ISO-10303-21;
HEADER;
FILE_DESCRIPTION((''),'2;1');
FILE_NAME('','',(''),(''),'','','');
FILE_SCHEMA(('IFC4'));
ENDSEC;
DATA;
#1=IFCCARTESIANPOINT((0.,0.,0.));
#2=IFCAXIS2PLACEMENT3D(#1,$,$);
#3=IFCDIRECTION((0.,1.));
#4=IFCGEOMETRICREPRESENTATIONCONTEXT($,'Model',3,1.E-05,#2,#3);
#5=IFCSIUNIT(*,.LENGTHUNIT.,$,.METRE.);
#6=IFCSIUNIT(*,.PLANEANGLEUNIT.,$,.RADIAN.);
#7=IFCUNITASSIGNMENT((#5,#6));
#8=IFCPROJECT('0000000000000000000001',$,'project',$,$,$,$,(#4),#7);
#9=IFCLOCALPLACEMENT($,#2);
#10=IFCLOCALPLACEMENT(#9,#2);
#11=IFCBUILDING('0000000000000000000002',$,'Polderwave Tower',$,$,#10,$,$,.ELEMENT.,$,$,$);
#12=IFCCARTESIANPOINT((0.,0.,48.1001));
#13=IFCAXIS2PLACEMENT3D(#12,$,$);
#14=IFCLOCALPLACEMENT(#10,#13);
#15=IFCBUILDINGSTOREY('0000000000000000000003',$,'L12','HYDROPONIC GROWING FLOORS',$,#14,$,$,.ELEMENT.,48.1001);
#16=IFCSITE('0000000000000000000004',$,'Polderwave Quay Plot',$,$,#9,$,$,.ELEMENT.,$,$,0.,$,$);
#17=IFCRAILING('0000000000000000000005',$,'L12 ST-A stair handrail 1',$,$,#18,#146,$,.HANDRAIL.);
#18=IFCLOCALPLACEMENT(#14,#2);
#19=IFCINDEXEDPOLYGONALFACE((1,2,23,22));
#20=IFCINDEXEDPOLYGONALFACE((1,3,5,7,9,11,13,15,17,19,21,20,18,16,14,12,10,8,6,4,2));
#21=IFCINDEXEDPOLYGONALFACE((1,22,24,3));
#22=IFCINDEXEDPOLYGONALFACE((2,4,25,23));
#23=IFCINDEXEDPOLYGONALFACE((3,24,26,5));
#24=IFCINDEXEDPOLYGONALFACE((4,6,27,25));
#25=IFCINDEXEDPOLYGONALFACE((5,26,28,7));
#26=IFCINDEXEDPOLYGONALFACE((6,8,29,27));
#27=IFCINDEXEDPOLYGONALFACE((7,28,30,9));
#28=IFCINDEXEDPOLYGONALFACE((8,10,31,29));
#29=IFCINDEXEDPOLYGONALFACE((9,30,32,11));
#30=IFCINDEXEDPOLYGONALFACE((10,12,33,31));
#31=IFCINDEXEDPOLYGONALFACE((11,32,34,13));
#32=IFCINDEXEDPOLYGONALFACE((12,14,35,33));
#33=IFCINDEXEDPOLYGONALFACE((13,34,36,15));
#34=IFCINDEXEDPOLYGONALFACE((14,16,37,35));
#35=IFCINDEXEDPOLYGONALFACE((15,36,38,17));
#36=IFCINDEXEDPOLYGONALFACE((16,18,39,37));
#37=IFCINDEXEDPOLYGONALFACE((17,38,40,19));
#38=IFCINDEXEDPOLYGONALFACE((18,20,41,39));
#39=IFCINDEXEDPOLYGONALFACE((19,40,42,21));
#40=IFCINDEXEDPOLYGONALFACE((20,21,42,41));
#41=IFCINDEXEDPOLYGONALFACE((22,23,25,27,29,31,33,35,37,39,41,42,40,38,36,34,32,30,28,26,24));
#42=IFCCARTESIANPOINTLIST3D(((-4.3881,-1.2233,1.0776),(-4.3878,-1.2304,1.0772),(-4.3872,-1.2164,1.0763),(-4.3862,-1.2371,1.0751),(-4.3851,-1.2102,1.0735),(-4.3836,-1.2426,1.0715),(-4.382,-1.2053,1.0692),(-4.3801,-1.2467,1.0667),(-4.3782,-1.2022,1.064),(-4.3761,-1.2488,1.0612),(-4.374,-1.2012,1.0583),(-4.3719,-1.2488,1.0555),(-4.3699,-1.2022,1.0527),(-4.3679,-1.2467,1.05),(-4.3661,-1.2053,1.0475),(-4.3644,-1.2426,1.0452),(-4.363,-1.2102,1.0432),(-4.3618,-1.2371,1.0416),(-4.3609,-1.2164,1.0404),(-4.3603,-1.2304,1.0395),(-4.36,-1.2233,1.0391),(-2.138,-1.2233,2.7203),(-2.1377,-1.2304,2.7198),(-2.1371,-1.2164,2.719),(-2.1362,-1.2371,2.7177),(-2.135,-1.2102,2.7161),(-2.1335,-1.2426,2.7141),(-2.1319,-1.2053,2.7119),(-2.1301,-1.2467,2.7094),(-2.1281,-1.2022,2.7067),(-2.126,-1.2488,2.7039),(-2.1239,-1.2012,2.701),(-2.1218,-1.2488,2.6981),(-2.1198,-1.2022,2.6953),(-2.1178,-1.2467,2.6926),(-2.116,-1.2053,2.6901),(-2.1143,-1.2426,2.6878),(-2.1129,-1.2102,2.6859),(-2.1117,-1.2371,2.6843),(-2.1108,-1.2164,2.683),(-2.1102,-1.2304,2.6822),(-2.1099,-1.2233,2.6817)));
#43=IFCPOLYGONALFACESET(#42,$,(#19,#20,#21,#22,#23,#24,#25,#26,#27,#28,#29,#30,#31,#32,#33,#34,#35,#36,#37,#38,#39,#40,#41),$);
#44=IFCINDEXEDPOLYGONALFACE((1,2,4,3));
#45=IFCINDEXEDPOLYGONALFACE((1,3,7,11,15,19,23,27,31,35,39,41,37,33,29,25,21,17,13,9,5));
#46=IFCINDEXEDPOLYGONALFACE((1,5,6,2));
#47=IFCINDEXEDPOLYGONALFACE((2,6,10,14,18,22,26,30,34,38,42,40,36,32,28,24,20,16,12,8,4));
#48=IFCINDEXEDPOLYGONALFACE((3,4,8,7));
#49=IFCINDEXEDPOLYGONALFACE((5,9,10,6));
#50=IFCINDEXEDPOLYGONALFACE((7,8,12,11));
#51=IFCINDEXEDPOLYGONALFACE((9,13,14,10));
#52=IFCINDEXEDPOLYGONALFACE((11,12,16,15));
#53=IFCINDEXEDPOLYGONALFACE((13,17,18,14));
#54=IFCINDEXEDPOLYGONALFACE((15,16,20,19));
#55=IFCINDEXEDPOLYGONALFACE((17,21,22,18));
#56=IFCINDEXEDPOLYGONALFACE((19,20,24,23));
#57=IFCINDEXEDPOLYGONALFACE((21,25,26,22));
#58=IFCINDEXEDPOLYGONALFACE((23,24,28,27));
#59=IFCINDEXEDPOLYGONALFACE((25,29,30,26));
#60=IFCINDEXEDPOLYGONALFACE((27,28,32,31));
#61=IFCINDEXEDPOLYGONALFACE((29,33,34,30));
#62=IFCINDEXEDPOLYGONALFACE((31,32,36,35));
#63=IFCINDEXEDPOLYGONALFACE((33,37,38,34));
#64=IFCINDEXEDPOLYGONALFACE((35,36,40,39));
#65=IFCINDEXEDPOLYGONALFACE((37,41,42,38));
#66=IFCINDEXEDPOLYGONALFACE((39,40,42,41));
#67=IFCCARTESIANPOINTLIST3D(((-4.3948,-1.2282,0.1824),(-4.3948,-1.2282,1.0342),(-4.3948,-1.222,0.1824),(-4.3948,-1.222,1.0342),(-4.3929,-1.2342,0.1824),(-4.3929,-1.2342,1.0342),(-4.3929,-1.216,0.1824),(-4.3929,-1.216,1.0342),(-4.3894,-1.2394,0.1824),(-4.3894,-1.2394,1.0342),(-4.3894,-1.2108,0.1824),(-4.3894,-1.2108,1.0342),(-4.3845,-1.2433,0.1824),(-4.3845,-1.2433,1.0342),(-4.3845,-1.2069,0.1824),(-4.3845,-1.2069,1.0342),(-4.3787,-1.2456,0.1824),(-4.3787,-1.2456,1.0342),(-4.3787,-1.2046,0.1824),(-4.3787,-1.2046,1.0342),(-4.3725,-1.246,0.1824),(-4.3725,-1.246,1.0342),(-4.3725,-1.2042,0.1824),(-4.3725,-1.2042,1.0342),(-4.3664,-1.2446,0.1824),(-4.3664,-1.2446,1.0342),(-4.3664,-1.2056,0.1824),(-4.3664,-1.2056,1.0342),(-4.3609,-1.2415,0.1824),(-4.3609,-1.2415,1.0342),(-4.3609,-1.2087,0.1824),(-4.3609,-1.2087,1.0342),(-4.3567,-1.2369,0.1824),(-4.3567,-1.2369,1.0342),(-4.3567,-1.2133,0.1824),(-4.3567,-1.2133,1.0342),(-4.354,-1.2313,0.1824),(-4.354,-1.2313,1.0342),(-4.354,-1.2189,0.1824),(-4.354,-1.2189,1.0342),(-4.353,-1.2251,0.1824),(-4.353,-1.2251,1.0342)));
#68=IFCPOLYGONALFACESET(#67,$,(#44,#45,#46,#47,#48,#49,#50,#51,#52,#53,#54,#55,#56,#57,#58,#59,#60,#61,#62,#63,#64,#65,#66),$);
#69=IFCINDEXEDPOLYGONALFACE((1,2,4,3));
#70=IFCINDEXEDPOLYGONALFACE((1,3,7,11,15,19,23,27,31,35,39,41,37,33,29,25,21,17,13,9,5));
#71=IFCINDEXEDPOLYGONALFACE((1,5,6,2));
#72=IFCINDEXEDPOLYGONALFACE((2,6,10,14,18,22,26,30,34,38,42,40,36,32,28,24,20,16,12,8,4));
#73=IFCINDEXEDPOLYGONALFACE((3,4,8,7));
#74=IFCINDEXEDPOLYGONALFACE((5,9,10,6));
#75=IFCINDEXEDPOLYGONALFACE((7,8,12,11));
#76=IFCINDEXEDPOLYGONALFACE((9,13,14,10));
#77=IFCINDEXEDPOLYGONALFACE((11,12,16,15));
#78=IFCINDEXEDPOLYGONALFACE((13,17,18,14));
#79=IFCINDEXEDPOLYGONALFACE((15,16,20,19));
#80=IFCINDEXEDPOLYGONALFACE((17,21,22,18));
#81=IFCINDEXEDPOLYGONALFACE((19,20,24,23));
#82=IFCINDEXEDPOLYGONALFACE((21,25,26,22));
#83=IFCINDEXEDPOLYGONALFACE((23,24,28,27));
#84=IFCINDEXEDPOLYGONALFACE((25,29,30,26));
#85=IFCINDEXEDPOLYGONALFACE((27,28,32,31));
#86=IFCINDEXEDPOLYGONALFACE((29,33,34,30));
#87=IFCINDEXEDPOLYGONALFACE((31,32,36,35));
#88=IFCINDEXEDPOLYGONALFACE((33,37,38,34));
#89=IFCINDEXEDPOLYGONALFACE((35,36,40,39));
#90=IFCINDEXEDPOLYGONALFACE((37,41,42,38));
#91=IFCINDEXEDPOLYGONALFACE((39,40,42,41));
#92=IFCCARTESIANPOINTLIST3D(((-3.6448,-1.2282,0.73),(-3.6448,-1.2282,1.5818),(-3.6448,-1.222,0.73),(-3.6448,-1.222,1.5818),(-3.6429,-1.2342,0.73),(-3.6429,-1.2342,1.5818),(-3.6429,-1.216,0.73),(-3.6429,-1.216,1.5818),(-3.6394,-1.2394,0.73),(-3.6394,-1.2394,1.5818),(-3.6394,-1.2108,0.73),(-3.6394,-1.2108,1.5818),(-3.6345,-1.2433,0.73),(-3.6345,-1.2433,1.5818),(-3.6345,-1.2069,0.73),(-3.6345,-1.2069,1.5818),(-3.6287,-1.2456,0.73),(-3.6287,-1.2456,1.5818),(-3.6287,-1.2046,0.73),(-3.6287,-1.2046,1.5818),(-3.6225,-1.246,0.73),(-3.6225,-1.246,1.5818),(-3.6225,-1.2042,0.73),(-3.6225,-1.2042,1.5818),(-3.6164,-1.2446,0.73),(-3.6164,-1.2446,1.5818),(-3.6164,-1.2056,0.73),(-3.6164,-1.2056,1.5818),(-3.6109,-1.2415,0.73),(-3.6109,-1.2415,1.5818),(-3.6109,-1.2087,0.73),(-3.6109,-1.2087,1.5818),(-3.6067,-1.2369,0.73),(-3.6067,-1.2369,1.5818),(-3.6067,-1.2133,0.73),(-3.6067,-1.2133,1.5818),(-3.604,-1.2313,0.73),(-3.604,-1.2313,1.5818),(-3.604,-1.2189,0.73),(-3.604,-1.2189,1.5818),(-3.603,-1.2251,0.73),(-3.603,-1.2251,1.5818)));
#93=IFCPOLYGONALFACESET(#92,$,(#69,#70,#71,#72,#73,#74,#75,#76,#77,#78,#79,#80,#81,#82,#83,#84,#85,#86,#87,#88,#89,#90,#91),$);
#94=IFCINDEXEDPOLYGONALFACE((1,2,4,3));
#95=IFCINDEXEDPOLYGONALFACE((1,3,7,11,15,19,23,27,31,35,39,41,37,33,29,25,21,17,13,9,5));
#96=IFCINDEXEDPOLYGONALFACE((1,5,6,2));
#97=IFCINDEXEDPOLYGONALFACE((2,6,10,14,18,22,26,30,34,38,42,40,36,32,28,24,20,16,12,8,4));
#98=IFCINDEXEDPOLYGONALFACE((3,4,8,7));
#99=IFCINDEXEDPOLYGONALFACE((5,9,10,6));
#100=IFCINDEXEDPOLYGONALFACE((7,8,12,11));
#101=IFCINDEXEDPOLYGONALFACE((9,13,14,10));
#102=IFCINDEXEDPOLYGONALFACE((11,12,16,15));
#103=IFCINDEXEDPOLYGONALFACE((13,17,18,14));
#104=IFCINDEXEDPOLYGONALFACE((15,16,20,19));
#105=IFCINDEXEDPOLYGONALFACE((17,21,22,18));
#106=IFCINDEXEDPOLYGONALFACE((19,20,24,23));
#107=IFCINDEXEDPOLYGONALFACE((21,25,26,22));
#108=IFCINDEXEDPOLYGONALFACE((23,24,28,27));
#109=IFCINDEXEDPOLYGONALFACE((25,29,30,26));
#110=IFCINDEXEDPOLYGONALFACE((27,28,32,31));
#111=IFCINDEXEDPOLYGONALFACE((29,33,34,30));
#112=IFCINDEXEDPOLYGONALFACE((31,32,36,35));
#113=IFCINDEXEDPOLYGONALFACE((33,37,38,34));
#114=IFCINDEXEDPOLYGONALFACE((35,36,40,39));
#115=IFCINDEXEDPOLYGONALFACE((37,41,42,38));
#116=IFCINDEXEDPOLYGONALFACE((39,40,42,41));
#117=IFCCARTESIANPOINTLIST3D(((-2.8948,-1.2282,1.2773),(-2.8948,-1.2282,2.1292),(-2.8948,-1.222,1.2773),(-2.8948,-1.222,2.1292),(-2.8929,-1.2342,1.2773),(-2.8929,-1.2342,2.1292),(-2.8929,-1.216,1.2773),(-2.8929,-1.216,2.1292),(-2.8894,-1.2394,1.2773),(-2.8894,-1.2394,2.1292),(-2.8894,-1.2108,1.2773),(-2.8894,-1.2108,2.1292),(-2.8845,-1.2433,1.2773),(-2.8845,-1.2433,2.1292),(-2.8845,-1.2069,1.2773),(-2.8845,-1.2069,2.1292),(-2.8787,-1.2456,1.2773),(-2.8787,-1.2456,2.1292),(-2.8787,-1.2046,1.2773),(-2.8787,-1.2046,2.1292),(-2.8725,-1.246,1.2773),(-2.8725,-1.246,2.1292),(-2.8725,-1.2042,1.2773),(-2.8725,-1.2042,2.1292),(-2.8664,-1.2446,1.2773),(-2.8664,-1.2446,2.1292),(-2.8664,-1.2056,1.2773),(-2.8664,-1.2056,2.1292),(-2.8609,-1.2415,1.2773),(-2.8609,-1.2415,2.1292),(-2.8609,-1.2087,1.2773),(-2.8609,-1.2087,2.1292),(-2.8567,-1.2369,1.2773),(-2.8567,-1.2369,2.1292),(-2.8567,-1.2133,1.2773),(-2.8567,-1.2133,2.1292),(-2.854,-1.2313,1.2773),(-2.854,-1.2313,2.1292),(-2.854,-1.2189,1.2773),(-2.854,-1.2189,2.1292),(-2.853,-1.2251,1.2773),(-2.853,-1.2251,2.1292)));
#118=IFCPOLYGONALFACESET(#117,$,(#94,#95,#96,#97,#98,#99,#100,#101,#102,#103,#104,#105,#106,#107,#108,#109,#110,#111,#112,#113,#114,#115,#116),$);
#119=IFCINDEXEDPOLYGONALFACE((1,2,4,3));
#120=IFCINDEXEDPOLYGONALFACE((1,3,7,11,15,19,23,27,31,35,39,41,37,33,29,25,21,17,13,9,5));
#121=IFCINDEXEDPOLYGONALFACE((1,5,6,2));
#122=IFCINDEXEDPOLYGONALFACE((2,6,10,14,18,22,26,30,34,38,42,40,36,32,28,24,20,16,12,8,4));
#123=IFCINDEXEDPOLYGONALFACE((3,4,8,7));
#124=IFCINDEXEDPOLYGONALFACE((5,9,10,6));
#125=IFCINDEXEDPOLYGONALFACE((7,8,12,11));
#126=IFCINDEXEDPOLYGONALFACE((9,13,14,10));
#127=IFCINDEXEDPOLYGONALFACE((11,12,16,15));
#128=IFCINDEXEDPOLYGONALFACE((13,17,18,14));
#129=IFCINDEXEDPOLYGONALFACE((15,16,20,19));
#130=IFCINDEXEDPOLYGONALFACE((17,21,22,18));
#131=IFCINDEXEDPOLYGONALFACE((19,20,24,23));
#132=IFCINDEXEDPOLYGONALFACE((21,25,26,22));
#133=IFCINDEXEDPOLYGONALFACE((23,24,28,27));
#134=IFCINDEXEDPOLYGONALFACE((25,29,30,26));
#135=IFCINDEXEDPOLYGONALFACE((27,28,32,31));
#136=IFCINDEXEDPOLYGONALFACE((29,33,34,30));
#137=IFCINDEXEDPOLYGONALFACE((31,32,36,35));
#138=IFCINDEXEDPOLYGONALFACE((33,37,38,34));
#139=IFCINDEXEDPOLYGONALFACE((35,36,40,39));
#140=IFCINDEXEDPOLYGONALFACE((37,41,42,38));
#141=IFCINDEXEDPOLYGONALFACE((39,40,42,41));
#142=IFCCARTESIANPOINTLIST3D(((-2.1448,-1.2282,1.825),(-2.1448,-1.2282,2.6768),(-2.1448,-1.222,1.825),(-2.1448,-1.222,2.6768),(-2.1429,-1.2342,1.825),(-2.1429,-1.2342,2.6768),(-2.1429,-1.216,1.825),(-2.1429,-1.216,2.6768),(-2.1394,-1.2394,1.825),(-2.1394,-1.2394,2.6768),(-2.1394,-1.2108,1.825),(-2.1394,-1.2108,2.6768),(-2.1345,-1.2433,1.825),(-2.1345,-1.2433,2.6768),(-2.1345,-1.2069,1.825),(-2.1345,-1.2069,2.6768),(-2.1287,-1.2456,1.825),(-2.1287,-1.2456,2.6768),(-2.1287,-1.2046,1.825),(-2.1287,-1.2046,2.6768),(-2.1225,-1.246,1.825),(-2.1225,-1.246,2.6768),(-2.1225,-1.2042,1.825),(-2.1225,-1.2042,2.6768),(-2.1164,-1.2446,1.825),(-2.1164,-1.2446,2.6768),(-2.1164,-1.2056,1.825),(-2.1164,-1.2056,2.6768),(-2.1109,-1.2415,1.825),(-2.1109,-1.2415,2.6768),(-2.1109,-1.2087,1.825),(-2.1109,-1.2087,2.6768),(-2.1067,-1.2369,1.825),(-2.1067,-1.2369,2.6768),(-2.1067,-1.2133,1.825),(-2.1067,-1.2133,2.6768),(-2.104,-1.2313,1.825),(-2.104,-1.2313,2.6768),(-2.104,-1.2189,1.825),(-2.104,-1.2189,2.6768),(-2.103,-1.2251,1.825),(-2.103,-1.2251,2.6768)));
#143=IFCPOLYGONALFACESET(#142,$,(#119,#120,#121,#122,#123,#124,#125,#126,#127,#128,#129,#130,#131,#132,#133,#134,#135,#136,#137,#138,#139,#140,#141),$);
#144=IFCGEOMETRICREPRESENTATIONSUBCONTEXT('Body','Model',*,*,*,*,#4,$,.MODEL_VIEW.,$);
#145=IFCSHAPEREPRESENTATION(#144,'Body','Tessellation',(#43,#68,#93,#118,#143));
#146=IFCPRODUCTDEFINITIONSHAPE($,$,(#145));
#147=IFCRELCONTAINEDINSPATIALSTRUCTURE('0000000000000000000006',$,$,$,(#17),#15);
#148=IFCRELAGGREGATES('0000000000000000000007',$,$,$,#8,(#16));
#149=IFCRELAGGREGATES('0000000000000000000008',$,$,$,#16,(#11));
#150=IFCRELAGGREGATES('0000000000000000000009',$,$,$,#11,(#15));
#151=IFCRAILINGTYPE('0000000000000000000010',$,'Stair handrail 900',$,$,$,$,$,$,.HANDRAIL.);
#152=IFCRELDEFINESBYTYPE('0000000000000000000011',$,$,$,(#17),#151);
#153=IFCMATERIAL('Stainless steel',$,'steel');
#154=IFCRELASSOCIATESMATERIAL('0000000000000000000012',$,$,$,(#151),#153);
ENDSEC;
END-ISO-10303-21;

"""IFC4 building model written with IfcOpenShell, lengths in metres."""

from ifc_helpers import new_model, si_unit, direction, frame, origin, origin_2d, place, context, subcontext, project, spatial, circle, extrude, material, type_object, element, save


model = new_model("IFC4")

# Units and contexts
model_context = context("Model", 3, precision=1e-05, world=origin(), true_north=direction((0.0, 1.0)))
body_context = subcontext(model_context, "Body", "Model", "MODEL_VIEW")
ifc_project = project(units=[si_unit("LENGTHUNIT", "METRE"), si_unit("PLANEANGLEUNIT", "RADIAN")], contexts=[model_context])

# Site, building, storey
site_placement = place(None, origin())
site = spatial("IfcSite", under=ifc_project, at=site_placement, Name="Polderwave Quay Plot", CompositionType="ELEMENT", RefElevation=0.0)
building_placement = place(site_placement, origin())
building = spatial("IfcBuilding", under=site, at=building_placement, Name="Polderwave Tower", CompositionType="ELEMENT")
storey_placement = place(building_placement, frame((0.0, 0.0, 48.1001)))
storey = spatial("IfcBuildingStorey", under=building, at=storey_placement, Name="L12", Description="HYDROPONIC GROWING FLOORS", CompositionType="ELEMENT", Elevation=48.1001)

# Shared definitions
ifc_material_1 = material(Name="Stainless steel", Category="steel")

# Railing
railing_type_1 = type_object("IfcRailingType", Name="Stair handrail 900", PredefinedType="HANDRAIL", material=ifc_material_1)
railing_1_placement = place(storey_placement, frame((-4.374, -1.2251, 0.1824)))
element("IfcRailing", 1, at=railing_1_placement, inside=storey, type_object=railing_type_1, Name="L12 ST-A stair handrail 1", PredefinedType="HANDRAIL", context=body_context, shape_type="SweptSolid", body=[
    extrude(circle(Radius=0.0239, at=origin_2d()), frame((0.0, 0.0, 0.876), z_axis=(0.807674, 0.0, 0.58963), x_axis=(0.0, 1.0, 0.0)), (0.0, 0.0, 1.0), 2.7859),
    extrude(circle(Radius=0.021, at=origin_2d()), origin(), (0.0, 0.0, 1.0), 0.8518),
    extrude(circle(Radius=0.021, at=origin_2d()), frame((0.75, 0.0, 0.5476)), (0.0, 0.0, 1.0), 0.8518),
    extrude(circle(Radius=0.021, at=origin_2d()), frame((1.5, 0.0, 1.095)), (0.0, 0.0, 1.0), 0.8518),
    extrude(circle(Radius=0.021, at=origin_2d()), frame((2.25, 0.0, 1.6426)), (0.0, 0.0, 1.0), 0.8518),
])

save(model, "model.ifc")
